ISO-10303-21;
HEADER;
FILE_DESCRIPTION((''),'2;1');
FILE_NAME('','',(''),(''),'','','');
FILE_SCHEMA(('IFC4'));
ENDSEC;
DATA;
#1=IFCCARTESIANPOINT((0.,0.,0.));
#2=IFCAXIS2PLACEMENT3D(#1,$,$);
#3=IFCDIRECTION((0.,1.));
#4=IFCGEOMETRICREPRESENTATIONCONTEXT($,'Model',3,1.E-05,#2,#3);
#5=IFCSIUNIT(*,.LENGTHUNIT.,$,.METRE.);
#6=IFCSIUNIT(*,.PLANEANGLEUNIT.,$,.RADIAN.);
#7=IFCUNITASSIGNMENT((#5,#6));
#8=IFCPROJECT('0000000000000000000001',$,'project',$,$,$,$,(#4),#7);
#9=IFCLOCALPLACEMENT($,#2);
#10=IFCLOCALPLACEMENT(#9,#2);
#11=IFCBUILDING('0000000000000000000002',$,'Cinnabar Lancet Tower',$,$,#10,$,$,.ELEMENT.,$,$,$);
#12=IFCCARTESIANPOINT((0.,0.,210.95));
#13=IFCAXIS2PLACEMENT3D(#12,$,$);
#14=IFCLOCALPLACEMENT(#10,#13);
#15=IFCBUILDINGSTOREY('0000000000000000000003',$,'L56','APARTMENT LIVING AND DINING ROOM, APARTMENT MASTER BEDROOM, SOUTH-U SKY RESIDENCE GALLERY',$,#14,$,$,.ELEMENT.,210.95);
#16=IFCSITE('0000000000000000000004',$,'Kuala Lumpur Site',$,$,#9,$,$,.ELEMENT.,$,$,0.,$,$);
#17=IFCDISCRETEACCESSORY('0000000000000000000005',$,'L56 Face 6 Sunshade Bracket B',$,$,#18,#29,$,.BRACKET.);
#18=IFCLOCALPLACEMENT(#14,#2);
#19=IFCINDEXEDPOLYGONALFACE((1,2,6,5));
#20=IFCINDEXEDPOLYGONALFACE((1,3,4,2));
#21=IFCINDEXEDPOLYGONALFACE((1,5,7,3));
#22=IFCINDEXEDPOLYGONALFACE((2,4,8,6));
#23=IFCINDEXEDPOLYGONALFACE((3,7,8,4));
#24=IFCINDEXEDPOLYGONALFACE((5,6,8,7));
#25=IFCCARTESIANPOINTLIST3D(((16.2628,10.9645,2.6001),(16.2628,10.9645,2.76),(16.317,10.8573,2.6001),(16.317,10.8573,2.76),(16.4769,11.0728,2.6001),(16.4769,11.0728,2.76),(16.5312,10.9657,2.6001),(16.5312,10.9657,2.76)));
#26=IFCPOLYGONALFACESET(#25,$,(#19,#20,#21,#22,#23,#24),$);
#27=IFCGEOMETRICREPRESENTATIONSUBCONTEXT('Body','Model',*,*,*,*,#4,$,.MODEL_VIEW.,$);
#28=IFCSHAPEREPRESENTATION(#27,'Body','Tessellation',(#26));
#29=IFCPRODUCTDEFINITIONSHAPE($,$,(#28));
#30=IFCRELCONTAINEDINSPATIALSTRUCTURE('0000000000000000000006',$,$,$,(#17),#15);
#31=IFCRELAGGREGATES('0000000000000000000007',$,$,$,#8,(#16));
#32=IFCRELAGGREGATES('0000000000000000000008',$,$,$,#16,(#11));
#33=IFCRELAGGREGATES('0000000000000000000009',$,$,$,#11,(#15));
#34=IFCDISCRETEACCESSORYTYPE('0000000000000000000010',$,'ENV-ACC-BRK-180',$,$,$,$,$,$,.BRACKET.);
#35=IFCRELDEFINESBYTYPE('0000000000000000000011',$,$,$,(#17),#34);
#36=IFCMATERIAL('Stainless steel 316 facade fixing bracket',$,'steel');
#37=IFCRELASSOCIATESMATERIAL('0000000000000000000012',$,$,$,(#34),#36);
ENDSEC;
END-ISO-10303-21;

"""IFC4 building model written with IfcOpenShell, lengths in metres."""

from ifc_helpers import new_model, si_unit, direction, frame, origin, origin_2d, place, context, subcontext, project, spatial, rectangle, extrude, material, type_object, element, save


model = new_model("IFC4")

# Units and contexts
model_context = context("Model", 3, precision=1e-05, world=origin(), true_north=direction((0.0, 1.0)))
body_context = subcontext(model_context, "Body", "Model", "MODEL_VIEW")
ifc_project = project(units=[si_unit("LENGTHUNIT", "METRE"), si_unit("PLANEANGLEUNIT", "RADIAN")], contexts=[model_context])

# Site, building, storey
site_placement = place(None, origin())
site = spatial("IfcSite", under=ifc_project, at=site_placement, Name="Kuala Lumpur Site", CompositionType="ELEMENT", RefElevation=0.0)
building_placement = place(site_placement, origin())
building = spatial("IfcBuilding", under=site, at=building_placement, Name="Cinnabar Lancet Tower", CompositionType="ELEMENT")
storey_placement = place(building_placement, frame((0.0, 0.0, 210.95)))
storey = spatial("IfcBuildingStorey", under=building, at=storey_placement, Name="L56", Description="APARTMENT LIVING AND DINING ROOM, APARTMENT MASTER BEDROOM, SOUTH-U SKY RESIDENCE GALLERY", CompositionType="ELEMENT", Elevation=210.95)

# Discrete accessory
ifc_material_1 = material(Name="Stainless steel 316 facade fixing bracket", Category="steel")
discrete_accessory_type = type_object("IfcDiscreteAccessoryType", Name="ENV-ACC-BRK-180", PredefinedType="BRACKET", material=ifc_material_1)
discrete_accessory_placement = place(storey_placement, frame((16.397, 10.9651, 2.6001), z_axis=(0.0, 0.0, 1.0), x_axis=(0.451407, -0.892318, 0.0)))
element("IfcDiscreteAccessory", 1, at=discrete_accessory_placement, inside=storey, type_object=discrete_accessory_type, Name="L56 Face 6 Sunshade Bracket B", PredefinedType="BRACKET", context=body_context, shape_type="SweptSolid", body=[
    extrude(rectangle(XDim=0.1201, YDim=0.24, at=origin_2d()), origin(), (0.0, 0.0, 1.0), 0.1599),
])

save(model, "model.ifc")
